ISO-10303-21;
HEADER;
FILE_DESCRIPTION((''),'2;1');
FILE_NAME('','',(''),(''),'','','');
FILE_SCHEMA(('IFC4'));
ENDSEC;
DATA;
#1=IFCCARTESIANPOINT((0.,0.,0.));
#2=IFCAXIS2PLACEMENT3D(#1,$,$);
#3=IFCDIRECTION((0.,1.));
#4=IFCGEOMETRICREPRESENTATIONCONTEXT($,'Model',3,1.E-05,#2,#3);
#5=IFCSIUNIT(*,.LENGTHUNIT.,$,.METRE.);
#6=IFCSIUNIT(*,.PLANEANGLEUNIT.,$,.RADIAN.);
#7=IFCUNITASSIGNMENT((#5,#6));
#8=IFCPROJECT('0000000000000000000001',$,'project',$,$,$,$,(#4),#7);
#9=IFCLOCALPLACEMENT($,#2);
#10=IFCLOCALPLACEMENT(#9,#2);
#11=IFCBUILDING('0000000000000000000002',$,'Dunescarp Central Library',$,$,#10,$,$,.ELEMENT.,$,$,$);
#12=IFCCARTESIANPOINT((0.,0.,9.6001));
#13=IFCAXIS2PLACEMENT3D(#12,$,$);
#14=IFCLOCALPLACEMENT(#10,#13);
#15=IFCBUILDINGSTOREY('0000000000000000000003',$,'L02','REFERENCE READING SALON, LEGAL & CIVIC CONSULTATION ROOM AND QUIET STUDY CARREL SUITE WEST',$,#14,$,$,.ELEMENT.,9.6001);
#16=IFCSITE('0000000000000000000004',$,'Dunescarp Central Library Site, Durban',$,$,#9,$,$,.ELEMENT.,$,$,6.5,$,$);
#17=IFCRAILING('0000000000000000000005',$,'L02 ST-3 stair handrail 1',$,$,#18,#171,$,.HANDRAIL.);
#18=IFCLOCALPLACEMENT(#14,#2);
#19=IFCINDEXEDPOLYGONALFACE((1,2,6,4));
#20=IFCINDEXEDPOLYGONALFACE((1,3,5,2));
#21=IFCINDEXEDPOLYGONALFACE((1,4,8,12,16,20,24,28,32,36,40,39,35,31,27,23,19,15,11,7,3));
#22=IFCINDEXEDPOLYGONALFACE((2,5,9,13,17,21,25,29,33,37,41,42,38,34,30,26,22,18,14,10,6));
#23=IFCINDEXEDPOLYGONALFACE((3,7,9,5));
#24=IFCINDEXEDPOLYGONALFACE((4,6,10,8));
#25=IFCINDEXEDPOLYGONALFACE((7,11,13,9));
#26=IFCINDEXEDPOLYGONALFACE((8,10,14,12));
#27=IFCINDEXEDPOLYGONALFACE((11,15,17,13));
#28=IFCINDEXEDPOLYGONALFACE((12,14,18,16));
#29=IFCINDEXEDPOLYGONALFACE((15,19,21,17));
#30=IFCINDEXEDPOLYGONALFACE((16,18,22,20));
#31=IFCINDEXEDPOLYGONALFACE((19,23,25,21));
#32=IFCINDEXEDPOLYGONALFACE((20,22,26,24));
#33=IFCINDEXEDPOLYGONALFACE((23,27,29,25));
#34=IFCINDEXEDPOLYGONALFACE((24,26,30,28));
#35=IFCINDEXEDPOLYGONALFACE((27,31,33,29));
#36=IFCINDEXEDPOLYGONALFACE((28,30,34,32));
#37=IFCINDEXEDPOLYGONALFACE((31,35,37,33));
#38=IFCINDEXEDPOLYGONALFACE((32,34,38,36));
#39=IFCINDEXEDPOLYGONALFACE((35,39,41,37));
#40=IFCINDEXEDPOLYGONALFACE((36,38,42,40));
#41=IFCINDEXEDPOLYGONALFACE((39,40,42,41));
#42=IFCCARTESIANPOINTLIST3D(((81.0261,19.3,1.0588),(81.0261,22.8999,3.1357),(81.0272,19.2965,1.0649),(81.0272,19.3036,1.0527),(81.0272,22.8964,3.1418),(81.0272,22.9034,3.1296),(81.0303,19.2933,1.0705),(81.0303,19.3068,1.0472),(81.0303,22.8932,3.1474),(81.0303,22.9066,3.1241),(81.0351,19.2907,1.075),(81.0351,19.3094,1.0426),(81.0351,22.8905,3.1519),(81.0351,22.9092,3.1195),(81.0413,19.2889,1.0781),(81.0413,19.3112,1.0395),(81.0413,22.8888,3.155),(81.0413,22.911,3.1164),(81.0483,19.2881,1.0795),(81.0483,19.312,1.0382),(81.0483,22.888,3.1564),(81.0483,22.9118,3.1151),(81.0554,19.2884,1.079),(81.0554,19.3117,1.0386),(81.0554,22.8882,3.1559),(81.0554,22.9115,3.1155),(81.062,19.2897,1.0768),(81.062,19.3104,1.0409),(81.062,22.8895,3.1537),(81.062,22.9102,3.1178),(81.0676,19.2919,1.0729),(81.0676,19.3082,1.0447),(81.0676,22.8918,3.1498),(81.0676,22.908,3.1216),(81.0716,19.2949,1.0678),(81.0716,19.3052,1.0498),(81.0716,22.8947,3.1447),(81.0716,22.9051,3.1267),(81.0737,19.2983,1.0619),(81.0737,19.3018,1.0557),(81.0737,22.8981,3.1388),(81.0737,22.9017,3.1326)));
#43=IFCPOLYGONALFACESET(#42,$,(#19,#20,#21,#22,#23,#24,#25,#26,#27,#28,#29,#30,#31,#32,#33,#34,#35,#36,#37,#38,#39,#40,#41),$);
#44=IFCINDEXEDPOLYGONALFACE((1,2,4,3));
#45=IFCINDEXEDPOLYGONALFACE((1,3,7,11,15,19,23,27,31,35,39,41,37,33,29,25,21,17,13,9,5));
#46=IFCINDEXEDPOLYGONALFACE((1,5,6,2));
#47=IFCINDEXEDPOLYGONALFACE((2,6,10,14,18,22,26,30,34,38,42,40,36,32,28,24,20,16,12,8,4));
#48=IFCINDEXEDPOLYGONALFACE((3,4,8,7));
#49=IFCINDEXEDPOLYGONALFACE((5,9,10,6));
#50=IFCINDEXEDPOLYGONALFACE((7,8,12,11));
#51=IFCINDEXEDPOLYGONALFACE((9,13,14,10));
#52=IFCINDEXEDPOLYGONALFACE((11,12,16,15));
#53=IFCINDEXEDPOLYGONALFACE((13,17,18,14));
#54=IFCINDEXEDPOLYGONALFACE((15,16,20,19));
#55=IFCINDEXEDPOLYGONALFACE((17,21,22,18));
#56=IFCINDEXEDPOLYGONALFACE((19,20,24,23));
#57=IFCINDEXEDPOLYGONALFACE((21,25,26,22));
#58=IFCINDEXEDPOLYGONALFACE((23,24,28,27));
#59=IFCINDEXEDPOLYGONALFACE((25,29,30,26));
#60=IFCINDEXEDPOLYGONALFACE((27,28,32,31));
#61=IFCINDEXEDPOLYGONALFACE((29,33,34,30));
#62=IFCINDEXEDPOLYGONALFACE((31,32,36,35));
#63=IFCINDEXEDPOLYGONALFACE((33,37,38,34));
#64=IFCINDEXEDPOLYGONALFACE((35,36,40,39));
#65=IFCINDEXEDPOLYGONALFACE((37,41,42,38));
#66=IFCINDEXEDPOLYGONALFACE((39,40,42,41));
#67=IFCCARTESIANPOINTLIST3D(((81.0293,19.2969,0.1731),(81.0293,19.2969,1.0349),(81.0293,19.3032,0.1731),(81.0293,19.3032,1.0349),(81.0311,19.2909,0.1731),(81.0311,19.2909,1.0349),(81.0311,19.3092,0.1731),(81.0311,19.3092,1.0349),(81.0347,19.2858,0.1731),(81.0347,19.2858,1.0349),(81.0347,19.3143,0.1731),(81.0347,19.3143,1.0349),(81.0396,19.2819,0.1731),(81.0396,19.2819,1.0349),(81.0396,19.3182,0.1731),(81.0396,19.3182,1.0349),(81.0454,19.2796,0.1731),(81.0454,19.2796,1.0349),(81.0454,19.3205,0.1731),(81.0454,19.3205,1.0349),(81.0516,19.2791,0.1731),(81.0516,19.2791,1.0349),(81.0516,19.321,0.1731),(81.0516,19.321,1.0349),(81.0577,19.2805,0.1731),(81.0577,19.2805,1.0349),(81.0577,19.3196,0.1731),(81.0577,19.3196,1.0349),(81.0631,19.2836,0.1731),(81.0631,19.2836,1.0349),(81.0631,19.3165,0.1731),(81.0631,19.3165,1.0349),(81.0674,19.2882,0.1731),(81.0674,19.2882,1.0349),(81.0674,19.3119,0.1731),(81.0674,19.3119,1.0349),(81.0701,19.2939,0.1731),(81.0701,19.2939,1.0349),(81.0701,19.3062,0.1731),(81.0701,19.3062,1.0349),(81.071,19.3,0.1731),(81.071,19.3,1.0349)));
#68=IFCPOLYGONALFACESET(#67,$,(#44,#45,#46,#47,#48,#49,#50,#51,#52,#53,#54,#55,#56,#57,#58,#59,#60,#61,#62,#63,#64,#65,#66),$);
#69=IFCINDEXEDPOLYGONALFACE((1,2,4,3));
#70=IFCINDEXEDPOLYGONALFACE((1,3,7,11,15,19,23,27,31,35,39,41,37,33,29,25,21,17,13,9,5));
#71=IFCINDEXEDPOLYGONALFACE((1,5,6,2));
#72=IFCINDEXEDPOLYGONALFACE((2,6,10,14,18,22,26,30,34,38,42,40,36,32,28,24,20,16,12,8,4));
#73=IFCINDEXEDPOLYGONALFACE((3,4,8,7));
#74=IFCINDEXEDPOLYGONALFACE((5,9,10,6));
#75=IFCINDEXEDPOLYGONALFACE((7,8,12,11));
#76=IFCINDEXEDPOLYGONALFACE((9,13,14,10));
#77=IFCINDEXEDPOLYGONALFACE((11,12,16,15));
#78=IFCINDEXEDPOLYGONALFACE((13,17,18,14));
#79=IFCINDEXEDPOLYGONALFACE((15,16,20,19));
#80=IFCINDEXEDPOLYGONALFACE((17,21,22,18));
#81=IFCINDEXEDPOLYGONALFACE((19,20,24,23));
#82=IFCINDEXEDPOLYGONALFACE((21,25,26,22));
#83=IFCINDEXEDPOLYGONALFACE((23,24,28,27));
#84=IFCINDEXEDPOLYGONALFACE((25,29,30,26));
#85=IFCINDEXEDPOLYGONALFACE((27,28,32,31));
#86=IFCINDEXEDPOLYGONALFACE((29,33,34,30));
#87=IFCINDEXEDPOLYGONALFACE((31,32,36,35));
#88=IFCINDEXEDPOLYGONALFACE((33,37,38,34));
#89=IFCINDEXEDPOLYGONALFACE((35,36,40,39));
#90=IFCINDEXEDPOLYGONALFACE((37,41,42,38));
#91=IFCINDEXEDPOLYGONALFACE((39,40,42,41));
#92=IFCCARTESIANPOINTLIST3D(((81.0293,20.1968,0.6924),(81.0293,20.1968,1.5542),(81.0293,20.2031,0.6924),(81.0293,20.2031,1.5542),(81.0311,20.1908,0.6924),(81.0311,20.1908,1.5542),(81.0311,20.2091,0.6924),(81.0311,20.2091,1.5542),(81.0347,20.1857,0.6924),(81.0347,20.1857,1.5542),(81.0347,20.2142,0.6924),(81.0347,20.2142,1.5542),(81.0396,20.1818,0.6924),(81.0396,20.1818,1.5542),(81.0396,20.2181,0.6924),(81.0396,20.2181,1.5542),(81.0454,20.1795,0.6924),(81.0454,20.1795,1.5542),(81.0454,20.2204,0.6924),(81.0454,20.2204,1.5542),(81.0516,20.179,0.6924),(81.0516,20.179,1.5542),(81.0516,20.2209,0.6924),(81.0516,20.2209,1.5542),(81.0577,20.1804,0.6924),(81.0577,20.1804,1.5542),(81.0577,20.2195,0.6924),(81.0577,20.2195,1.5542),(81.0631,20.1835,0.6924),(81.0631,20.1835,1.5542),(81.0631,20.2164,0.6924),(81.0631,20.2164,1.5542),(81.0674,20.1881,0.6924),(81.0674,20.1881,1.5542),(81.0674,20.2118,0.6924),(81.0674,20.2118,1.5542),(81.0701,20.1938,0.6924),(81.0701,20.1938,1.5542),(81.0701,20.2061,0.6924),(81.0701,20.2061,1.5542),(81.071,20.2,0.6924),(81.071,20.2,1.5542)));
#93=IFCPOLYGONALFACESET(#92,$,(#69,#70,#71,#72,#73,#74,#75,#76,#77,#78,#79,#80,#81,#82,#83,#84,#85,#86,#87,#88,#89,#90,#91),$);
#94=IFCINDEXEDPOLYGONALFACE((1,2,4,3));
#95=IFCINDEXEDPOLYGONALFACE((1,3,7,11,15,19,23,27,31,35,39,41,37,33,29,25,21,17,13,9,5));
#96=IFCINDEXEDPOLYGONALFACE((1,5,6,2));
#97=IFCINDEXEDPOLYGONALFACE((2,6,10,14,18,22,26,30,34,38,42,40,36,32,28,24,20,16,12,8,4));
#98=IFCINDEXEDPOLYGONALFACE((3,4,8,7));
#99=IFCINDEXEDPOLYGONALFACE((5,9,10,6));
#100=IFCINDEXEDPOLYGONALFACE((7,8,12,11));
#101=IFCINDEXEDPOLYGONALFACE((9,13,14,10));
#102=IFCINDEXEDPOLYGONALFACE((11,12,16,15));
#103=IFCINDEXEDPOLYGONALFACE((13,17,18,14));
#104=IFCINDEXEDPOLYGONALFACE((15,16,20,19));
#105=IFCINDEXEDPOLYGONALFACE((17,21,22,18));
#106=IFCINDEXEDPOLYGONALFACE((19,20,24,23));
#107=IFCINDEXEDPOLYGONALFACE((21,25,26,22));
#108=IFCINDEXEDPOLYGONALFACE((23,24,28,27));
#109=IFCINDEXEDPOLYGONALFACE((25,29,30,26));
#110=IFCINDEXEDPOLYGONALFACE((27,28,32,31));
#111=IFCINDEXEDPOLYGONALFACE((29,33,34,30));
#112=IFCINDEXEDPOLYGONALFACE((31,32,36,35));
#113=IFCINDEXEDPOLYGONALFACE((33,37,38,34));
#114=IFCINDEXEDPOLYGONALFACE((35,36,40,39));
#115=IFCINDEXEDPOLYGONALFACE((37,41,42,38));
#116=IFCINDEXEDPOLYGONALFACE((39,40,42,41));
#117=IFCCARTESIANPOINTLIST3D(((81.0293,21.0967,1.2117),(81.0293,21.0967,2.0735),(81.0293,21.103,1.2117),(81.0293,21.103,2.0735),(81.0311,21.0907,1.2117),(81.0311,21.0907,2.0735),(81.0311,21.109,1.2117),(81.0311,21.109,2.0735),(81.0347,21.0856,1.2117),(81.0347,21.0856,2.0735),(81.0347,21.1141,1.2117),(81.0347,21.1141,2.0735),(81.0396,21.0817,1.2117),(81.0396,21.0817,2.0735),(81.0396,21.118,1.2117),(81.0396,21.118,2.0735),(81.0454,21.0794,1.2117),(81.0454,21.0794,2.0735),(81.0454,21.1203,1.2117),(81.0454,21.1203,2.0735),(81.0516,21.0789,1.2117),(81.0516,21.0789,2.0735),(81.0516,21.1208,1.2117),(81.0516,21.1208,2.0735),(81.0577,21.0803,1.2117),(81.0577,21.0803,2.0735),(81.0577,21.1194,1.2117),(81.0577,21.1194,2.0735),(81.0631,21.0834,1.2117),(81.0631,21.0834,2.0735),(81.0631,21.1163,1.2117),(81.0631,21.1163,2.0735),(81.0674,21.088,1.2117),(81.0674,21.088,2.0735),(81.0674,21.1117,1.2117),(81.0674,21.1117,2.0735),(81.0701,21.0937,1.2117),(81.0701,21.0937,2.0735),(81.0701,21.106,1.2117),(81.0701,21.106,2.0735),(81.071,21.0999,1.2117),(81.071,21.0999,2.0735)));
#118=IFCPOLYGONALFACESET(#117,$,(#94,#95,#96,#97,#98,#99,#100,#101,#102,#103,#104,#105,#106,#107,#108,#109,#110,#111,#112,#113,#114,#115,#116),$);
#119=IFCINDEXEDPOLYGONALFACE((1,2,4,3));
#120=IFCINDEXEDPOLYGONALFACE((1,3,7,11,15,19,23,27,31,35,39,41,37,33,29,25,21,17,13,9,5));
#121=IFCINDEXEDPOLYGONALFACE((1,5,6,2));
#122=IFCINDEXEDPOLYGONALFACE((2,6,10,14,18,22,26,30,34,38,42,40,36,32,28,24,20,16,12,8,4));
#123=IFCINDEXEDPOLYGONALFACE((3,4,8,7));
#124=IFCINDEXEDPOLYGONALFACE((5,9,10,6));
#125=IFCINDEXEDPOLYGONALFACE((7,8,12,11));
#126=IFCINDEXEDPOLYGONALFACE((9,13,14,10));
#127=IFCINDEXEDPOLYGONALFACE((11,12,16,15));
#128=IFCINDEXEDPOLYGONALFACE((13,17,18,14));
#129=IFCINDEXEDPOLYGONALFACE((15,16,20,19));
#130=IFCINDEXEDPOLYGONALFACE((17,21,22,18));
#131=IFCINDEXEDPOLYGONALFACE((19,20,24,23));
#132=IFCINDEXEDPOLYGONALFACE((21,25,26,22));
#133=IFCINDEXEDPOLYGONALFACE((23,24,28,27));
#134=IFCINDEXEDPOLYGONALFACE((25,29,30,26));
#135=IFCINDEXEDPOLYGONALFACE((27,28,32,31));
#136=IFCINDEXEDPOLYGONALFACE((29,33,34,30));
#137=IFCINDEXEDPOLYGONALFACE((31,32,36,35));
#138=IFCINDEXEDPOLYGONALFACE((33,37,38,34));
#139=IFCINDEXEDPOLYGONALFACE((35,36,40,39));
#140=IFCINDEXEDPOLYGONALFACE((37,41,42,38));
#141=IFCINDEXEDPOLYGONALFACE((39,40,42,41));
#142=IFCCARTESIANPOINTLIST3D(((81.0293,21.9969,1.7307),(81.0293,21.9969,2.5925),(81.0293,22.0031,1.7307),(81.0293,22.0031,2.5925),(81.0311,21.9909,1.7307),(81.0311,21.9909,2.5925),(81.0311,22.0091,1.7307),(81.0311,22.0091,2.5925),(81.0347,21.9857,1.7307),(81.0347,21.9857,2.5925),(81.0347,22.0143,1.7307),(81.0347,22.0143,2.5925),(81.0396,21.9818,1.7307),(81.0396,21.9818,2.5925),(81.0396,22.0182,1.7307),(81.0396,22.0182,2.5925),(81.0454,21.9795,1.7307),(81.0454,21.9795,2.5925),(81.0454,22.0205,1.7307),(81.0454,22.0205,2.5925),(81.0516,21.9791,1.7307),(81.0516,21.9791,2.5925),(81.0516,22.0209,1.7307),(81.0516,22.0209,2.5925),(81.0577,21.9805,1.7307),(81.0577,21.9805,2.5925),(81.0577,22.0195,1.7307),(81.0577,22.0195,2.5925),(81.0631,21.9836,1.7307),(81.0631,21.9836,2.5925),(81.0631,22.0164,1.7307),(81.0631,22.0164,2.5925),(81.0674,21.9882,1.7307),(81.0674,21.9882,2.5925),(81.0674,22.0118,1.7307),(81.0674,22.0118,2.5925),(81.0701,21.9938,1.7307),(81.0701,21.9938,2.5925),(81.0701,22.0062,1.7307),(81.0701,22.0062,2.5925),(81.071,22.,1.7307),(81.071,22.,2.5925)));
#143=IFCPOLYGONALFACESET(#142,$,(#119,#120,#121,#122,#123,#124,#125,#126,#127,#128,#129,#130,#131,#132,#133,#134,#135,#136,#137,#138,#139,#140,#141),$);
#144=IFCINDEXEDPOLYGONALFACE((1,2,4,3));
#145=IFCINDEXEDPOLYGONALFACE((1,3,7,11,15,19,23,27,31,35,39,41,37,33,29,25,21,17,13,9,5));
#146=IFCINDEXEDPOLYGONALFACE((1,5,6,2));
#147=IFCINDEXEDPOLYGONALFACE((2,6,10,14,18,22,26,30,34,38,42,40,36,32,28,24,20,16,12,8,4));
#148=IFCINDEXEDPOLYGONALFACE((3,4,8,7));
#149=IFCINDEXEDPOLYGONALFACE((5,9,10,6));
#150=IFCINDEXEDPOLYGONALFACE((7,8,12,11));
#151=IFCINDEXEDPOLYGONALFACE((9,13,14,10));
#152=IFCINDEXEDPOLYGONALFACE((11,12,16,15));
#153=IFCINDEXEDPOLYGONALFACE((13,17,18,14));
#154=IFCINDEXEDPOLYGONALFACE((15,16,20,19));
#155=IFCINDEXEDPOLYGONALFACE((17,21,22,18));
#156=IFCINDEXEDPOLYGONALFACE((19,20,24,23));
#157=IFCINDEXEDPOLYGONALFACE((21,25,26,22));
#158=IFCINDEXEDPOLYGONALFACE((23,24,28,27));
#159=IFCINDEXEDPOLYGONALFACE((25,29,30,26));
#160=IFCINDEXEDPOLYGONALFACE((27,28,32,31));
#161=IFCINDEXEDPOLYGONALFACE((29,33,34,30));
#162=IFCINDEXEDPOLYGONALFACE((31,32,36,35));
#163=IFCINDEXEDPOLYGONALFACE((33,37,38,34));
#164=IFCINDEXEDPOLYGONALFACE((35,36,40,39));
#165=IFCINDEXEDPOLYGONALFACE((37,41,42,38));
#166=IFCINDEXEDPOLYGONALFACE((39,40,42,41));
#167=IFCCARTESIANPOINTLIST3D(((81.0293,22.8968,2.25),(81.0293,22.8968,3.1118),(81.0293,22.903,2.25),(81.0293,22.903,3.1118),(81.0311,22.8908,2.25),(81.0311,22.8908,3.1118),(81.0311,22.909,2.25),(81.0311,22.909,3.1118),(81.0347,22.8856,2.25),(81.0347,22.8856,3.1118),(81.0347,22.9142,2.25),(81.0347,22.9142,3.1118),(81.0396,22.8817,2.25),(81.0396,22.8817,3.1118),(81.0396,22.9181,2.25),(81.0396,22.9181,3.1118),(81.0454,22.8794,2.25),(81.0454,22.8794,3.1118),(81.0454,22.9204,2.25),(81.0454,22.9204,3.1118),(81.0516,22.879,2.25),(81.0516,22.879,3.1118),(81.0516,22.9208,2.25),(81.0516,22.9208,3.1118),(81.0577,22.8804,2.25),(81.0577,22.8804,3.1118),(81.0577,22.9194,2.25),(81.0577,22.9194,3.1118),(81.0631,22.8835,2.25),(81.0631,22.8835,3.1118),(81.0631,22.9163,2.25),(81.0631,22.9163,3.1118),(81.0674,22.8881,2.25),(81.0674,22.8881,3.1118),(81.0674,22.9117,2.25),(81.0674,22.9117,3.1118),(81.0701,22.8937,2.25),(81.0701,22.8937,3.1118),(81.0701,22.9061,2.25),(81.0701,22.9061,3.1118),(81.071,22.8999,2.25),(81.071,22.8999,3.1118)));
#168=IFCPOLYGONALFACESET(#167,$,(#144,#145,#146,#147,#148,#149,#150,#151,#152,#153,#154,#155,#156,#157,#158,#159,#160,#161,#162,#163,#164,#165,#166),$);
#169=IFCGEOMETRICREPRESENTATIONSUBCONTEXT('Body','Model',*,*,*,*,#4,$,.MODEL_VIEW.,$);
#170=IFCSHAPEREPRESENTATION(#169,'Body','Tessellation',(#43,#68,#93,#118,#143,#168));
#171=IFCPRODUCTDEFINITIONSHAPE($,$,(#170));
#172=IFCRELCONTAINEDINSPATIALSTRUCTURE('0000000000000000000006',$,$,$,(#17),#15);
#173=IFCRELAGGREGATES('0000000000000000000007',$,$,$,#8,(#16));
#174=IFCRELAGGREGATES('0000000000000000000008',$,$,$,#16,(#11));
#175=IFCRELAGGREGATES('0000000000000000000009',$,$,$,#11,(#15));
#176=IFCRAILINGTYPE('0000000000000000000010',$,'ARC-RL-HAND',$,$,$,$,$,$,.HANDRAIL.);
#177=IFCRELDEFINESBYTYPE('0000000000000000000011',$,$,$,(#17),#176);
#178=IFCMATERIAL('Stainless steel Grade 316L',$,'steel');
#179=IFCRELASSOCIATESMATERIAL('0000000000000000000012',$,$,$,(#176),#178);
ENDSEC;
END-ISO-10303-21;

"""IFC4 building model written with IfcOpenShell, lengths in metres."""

from ifc_helpers import new_model, si_unit, direction, frame, origin, origin_2d, place, context, subcontext, project, spatial, circle, extrude, material, type_object, element, save


model = new_model("IFC4")

# Units and contexts
model_context = context("Model", 3, precision=1e-05, world=origin(), true_north=direction((0.0, 1.0)))
body_context = subcontext(model_context, "Body", "Model", "MODEL_VIEW")
ifc_project = project(units=[si_unit("LENGTHUNIT", "METRE"), si_unit("PLANEANGLEUNIT", "RADIAN")], contexts=[model_context])

# Site, building, storey
site_placement = place(None, origin())
site = spatial("IfcSite", under=ifc_project, at=site_placement, Name="Dunescarp Central Library Site, Durban", CompositionType="ELEMENT", RefElevation=6.5)
building_placement = place(site_placement, origin())
building = spatial("IfcBuilding", under=site, at=building_placement, Name="Dunescarp Central Library", CompositionType="ELEMENT")
storey_placement = place(building_placement, frame((0.0, 0.0, 9.6001)))
storey = spatial("IfcBuildingStorey", under=building, at=storey_placement, Name="L02", Description="REFERENCE READING SALON, LEGAL & CIVIC CONSULTATION ROOM AND QUIET STUDY CARREL SUITE WEST", CompositionType="ELEMENT", Elevation=9.6001)

# Railing
ifc_material_1 = material(Name="Stainless steel Grade 316L", Category="steel")
railing_type_1 = type_object("IfcRailingType", Name="ARC-RL-HAND", PredefinedType="HANDRAIL", material=ifc_material_1)
railing_1_placement = place(storey_placement, frame((81.05, 19.3, 0.1731)))
element("IfcRailing", 1, at=railing_1_placement, inside=storey, type_object=railing_type_1, Name="L02 ST-3 stair handrail 1", PredefinedType="HANDRAIL", context=body_context, shape_type="SweptSolid", body=[
    extrude(circle(Radius=0.0239, at=origin_2d()), frame((0.0, 0.0, 0.8857), z_axis=(0.0, 0.866179, 0.499734), x_axis=(-1.0, 0.0, 0.0)), (0.0, 0.0, 1.0), 4.156),
    extrude(circle(Radius=0.021, at=origin_2d()), origin(), (0.0, 0.0, 1.0), 0.8618),
    extrude(circle(Radius=0.021, at=origin_2d()), frame((0.0, 0.8999, 0.5193)), (0.0, 0.0, 1.0), 0.8618),
    extrude(circle(Radius=0.021, at=origin_2d()), frame((0.0, 1.7998, 1.0386)), (0.0, 0.0, 1.0), 0.8618),
    extrude(circle(Radius=0.021, at=origin_2d()), frame((0.0, 2.7, 1.5576)), (0.0, 0.0, 1.0), 0.8618),
    extrude(circle(Radius=0.021, at=origin_2d()), frame((0.0, 3.5999, 2.0769)), (0.0, 0.0, 1.0), 0.8618),
])

save(model, "model.ifc")
